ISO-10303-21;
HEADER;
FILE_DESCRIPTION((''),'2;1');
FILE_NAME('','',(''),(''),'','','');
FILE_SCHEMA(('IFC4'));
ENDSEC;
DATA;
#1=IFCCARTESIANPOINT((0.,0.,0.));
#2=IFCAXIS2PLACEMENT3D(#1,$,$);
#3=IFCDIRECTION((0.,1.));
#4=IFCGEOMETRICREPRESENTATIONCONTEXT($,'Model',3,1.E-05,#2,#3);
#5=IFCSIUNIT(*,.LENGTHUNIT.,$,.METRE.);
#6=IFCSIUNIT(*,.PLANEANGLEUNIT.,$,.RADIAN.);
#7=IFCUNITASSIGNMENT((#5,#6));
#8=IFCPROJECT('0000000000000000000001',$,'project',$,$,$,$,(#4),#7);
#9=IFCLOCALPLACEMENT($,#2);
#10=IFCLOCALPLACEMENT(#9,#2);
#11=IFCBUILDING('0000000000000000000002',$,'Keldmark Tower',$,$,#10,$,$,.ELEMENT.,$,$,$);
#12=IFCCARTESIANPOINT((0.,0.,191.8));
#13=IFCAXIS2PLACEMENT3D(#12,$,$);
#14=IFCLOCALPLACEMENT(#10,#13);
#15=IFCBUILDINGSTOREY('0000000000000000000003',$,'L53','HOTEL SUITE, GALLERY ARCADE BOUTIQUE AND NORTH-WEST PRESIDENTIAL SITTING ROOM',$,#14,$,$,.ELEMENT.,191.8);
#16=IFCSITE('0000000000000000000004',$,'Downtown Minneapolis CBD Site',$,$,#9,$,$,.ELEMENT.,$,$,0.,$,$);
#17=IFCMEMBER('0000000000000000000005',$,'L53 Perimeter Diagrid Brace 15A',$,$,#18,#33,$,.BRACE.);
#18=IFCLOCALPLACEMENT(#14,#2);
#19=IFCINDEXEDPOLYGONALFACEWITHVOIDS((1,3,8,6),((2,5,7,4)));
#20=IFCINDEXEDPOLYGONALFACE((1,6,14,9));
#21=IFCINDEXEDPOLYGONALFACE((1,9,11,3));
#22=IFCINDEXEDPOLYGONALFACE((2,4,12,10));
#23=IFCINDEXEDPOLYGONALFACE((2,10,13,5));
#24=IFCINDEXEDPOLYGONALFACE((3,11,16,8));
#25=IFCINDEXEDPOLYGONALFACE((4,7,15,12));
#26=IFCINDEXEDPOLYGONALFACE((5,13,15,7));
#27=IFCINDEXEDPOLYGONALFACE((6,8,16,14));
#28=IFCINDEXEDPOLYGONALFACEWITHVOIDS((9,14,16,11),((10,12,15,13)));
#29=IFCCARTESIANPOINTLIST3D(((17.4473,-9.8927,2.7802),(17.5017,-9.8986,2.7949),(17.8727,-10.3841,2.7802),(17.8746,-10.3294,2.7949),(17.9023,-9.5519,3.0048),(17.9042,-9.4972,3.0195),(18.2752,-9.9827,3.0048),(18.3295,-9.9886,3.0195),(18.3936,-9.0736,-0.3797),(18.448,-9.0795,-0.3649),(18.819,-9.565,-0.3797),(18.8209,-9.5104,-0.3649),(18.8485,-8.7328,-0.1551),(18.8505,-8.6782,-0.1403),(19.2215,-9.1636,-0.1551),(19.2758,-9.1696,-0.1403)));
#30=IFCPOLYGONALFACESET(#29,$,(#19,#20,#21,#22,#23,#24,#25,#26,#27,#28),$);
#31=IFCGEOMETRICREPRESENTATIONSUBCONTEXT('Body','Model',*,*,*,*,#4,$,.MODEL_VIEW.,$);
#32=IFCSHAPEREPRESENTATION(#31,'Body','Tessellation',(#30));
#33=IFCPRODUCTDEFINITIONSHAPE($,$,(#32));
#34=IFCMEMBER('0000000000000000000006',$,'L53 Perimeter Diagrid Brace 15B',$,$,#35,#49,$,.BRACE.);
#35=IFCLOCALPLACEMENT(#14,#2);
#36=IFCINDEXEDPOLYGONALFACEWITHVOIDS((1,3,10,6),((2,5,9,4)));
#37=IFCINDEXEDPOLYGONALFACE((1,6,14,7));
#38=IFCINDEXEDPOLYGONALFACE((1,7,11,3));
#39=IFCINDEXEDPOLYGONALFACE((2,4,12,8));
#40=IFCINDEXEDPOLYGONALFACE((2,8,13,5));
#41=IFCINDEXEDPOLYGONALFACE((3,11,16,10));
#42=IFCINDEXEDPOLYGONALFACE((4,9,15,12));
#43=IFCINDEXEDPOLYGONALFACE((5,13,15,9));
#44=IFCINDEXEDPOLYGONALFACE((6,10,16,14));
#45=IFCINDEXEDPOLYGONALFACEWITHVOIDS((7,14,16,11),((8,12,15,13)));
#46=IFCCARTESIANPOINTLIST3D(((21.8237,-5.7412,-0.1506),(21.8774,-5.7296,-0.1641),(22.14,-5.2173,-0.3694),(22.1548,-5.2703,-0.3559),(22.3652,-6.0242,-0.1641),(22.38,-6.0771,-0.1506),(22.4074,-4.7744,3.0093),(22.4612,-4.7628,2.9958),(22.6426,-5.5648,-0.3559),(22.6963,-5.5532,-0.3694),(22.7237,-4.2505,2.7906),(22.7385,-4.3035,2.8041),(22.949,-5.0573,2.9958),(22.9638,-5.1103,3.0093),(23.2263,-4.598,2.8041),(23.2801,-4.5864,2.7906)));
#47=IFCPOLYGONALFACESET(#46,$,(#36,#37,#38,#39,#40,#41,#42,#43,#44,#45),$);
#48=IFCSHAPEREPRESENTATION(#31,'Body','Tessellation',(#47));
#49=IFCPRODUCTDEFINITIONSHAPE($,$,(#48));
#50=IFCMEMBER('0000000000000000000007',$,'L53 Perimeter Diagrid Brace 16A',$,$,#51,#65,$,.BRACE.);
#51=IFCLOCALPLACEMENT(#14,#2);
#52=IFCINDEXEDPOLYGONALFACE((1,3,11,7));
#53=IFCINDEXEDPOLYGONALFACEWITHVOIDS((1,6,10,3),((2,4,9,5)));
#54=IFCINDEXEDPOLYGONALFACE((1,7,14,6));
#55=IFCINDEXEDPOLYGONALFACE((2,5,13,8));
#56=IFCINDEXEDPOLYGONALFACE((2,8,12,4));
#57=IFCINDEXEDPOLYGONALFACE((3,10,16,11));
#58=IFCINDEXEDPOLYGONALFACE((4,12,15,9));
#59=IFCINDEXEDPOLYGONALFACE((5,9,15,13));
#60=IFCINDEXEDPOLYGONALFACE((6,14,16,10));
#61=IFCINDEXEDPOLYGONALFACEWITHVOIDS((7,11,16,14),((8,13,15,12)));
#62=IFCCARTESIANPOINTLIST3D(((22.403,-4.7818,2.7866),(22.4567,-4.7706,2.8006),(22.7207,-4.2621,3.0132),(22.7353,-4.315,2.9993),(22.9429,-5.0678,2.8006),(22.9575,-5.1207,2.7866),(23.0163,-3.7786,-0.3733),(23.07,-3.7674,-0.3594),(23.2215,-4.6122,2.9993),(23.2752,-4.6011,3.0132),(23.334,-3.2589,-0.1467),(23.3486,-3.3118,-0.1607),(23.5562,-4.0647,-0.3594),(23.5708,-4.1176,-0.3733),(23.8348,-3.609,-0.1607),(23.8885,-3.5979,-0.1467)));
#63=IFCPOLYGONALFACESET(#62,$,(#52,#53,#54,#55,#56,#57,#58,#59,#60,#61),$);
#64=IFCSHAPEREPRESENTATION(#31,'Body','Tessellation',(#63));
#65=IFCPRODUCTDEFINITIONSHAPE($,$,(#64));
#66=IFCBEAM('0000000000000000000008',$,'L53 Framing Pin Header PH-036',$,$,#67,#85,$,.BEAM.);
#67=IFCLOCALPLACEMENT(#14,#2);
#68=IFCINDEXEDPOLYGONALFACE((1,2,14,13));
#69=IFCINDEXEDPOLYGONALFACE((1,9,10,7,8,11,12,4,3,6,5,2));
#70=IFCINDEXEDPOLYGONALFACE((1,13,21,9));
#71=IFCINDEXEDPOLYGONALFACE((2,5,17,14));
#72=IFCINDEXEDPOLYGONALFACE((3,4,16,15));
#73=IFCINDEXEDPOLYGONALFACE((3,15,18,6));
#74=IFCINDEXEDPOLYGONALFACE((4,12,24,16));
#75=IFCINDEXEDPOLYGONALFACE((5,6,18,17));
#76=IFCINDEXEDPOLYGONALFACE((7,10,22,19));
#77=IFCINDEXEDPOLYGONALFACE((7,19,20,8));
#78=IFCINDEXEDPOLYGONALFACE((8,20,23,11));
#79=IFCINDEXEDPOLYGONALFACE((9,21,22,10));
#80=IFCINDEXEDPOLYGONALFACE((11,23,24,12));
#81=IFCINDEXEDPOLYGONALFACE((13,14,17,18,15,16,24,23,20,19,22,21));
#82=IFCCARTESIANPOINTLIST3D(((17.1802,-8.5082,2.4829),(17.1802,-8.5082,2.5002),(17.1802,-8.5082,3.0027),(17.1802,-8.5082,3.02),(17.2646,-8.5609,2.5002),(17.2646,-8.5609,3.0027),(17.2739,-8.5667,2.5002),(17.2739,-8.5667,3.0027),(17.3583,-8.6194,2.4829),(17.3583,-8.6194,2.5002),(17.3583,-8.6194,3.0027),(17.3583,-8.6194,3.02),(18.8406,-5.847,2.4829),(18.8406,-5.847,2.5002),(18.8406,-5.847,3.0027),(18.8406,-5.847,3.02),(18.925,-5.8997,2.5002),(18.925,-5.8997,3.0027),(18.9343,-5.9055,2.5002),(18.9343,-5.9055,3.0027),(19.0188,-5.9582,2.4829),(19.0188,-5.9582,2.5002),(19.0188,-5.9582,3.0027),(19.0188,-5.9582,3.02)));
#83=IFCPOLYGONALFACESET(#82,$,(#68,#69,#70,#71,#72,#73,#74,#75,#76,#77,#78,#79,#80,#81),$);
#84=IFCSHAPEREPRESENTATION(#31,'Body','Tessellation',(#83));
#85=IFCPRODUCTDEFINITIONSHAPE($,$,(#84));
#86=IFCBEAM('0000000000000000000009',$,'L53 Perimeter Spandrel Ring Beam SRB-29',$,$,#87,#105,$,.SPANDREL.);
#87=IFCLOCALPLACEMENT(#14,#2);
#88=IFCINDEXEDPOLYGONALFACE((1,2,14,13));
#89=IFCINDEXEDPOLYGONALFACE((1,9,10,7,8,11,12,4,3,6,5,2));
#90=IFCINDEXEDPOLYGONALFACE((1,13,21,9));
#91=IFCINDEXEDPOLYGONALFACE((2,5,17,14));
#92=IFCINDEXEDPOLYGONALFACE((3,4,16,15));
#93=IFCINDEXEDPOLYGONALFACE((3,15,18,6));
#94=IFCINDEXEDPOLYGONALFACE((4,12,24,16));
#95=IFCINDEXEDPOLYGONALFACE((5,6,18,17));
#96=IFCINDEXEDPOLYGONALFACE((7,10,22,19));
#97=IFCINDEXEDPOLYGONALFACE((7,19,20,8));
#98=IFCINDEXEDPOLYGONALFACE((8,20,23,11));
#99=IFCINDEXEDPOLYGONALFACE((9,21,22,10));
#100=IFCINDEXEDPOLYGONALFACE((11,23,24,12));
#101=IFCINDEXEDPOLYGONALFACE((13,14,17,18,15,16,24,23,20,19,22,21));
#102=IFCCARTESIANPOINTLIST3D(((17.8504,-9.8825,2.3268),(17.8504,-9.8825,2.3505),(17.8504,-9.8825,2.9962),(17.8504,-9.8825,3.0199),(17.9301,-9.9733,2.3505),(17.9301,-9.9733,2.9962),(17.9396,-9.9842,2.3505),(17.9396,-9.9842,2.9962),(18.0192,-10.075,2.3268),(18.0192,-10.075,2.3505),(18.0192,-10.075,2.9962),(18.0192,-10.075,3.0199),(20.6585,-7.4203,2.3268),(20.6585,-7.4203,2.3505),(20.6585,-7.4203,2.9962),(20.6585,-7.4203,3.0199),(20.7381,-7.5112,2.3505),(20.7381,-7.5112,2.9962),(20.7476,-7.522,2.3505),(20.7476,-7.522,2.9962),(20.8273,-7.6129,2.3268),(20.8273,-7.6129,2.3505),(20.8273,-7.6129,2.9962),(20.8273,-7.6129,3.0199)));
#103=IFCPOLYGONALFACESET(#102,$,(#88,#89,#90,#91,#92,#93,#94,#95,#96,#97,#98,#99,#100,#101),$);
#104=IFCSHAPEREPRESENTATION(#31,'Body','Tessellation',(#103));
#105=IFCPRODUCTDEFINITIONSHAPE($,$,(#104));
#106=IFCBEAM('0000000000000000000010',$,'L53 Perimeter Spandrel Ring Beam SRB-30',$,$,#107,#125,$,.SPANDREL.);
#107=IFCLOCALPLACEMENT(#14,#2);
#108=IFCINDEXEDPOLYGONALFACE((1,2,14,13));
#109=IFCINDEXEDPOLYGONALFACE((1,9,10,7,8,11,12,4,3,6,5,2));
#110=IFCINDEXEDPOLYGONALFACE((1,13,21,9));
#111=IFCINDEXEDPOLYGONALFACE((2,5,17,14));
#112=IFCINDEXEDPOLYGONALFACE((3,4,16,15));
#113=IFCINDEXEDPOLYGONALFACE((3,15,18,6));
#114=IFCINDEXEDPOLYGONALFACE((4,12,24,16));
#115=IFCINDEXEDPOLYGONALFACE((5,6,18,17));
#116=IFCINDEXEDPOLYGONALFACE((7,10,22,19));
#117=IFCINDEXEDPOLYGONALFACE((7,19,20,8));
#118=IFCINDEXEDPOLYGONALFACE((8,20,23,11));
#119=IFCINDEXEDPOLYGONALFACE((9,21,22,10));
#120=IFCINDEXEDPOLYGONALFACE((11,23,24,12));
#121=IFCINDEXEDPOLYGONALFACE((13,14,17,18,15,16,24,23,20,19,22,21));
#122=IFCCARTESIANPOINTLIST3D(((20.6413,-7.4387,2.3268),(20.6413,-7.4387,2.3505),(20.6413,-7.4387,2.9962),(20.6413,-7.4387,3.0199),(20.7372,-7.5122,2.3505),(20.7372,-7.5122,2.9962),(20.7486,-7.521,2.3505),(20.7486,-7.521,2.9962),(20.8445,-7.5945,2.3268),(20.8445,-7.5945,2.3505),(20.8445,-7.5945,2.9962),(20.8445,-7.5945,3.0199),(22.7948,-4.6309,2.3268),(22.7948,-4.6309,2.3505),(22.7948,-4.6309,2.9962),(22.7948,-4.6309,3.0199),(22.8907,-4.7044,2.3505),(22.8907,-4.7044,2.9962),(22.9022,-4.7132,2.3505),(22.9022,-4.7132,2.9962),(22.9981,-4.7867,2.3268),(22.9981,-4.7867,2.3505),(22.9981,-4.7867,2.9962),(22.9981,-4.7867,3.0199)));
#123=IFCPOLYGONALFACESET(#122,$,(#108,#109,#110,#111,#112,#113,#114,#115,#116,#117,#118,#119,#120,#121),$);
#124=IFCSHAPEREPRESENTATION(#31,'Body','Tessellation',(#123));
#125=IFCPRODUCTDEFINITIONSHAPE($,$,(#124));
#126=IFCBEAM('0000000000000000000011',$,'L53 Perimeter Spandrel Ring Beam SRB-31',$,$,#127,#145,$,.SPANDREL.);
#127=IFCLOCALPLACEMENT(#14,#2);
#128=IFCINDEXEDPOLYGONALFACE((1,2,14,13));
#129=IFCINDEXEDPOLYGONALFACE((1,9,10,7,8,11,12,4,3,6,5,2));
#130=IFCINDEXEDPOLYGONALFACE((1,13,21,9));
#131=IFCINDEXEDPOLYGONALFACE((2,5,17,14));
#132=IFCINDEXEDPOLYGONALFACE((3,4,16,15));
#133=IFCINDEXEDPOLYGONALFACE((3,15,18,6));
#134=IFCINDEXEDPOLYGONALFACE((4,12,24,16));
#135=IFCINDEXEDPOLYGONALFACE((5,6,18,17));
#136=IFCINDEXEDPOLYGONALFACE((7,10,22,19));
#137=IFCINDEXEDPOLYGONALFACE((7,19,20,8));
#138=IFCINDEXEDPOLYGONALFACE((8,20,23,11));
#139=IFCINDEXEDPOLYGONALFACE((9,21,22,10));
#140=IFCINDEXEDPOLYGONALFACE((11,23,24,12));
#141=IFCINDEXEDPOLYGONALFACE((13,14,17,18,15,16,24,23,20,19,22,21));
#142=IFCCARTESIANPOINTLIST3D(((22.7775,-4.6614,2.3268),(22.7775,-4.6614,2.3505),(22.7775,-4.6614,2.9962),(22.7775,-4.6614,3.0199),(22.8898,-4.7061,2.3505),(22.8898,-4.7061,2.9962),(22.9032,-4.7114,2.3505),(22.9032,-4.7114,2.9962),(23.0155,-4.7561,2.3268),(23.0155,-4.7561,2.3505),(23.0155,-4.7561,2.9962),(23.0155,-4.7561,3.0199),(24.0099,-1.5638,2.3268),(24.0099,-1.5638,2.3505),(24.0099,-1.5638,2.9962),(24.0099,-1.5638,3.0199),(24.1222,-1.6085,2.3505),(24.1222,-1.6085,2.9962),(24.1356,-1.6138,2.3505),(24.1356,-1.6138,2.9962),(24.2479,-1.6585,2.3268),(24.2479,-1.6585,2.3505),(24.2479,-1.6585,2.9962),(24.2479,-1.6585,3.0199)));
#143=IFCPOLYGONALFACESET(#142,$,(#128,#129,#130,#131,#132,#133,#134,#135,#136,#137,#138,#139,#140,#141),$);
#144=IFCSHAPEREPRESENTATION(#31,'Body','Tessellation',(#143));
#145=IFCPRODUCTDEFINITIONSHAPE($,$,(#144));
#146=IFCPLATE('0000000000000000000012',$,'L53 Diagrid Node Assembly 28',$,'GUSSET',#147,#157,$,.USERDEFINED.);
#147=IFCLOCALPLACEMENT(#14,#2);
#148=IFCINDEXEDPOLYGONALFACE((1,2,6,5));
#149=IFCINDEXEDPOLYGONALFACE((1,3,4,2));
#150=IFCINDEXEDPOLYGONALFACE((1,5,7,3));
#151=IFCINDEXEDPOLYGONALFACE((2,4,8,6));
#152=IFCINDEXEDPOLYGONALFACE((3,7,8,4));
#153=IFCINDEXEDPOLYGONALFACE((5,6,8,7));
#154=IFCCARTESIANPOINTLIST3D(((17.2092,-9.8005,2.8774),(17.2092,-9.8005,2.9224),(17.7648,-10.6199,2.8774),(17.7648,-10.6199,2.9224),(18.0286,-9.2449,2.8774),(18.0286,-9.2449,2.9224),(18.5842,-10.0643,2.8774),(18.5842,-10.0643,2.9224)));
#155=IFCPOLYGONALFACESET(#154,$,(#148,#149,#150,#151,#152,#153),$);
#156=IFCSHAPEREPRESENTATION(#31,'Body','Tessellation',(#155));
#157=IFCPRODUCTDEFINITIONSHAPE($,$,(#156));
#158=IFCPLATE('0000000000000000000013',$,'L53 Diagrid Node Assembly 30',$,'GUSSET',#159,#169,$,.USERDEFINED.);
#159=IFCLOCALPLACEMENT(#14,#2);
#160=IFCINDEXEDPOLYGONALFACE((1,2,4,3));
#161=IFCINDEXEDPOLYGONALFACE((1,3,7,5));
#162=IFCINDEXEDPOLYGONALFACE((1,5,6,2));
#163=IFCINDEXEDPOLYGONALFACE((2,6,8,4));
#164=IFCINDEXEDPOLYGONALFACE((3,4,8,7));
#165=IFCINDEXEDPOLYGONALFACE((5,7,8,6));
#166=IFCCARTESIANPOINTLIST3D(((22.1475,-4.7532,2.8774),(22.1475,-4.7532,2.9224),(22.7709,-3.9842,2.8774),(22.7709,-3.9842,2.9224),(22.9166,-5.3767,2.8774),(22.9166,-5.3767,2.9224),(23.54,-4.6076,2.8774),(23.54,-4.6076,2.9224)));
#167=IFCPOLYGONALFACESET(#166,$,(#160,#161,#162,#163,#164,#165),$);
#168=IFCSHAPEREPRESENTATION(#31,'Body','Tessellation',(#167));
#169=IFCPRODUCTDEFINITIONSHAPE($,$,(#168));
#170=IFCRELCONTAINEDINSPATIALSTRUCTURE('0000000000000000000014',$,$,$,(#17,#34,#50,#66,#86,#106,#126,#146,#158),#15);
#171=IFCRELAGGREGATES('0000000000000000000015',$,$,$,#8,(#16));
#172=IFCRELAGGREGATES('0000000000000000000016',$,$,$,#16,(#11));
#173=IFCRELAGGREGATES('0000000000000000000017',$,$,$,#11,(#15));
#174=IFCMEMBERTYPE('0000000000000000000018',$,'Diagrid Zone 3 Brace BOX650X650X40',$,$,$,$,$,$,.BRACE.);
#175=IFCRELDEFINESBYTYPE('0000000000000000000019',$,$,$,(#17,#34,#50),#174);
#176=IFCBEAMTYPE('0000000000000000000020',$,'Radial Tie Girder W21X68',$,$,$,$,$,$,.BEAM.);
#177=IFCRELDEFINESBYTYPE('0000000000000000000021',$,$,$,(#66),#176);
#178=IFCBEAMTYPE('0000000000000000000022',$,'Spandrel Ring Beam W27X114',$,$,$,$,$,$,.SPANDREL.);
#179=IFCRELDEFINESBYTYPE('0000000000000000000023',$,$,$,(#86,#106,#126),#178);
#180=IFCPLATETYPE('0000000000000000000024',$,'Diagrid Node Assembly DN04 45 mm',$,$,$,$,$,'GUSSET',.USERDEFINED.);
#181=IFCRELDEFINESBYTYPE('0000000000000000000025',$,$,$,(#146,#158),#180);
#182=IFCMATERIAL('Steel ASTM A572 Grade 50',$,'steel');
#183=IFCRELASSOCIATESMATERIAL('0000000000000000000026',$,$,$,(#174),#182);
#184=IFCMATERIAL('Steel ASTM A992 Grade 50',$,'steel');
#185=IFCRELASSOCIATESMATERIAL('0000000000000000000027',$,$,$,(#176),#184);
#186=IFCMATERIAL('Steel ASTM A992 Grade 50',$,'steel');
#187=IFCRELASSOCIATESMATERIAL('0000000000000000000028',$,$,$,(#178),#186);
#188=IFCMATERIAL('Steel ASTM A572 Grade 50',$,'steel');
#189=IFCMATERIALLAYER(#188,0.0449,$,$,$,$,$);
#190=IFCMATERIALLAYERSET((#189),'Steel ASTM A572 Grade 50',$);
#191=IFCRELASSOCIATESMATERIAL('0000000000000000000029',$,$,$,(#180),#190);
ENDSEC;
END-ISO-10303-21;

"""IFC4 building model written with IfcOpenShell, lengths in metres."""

from ifc_helpers import new_model, si_unit, direction, frame, origin, origin_2d, place, context, subcontext, project, spatial, rectangle, hollow_rectangle, i_section, extrude, material, layer, layer_set, material_profile, profile_set, type_object, element, save


model = new_model("IFC4")

# Units and contexts
model_context = context("Model", 3, precision=1e-05, world=origin(), true_north=direction((0.0, 1.0)))
body_context = subcontext(model_context, "Body", "Model", "MODEL_VIEW")
ifc_project = project(units=[si_unit("LENGTHUNIT", "METRE"), si_unit("PLANEANGLEUNIT", "RADIAN")], contexts=[model_context])

# Site, building, storey
site_placement = place(None, origin())
site = spatial("IfcSite", under=ifc_project, at=site_placement, Name="Downtown Minneapolis CBD Site", CompositionType="ELEMENT", RefElevation=0.0)
building_placement = place(site_placement, origin())
building = spatial("IfcBuilding", under=site, at=building_placement, Name="Keldmark Tower", CompositionType="ELEMENT")
storey_placement = place(building_placement, frame((0.0, 0.0, 191.8)))
storey = spatial("IfcBuildingStorey", under=building, at=storey_placement, Name="L53", Description="HOTEL SUITE, GALLERY ARCADE BOUTIQUE AND NORTH-WEST PRESIDENTIAL SITTING ROOM", CompositionType="ELEMENT", Elevation=191.8)

# Members
ifc_material_1 = material(Name="Steel ASTM A572 Grade 50", Category="steel")
ifc_material_profile_1 = material_profile(ifc_material_1, hollow_rectangle(XDim=0.6499, YDim=0.6499, WallThickness=0.04, at=origin_2d()), Name="BOX650X650X40")
ifc_profile_set_1 = profile_set([ifc_material_profile_1], Name="Steel ASTM A572 Grade 50")
member_type = type_object("IfcMemberType", Name="Diagrid Zone 3 Brace BOX650X650X40", PredefinedType="BRACE", material=ifc_profile_set_1)
member_1_placement = place(storey_placement, frame((18.8347, -9.1216, -0.26), z_axis=(-0.278424, -0.240999, 0.929731), x_axis=(0.654463, -0.756094, 0.0)))
element("IfcMember", 1, at=member_1_placement, inside=storey, type_object=member_type, Name="L53 Perimeter Diagrid Brace 15A", PredefinedType="BRACE", context=body_context, shape_type="SweptSolid", body=[
    extrude(hollow_rectangle(XDim=0.6499, YDim=0.6499, WallThickness=0.04, at=origin_2d()), origin(), (0.0, 0.0, 1.0), 3.3987),
])
member_2_placement = place(storey_placement, frame((22.26, -5.6472, -0.26), z_axis=(0.173957, 0.288109, 0.941665), x_axis=(-0.856059, 0.516878, 0.0)))
element("IfcMember", 2, at=member_2_placement, inside=storey, type_object=member_type, Name="L53 Perimeter Diagrid Brace 15B", PredefinedType="BRACE", context=body_context, shape_type="SweptSolid", body=[
    extrude(hollow_rectangle(XDim=0.6499, YDim=0.6499, WallThickness=0.04, at=origin_2d()), origin(), (0.0, 0.0, 1.0), 3.3557),
])
member_3_placement = place(storey_placement, frame((23.4524, -3.6882, -0.26), z_axis=(-0.181898, -0.297539, 0.937221), x_axis=(0.853195, -0.521593, 0.0)))
element("IfcMember", 3, at=member_3_placement, inside=storey, type_object=member_type, Name="L53 Perimeter Diagrid Brace 16A", PredefinedType="BRACE", context=body_context, shape_type="SweptSolid", body=[
    extrude(hollow_rectangle(XDim=0.6499, YDim=0.6499, WallThickness=0.04, at=origin_2d()), origin(), (0.0, 0.0, 1.0), 3.3716),
])

# Beams
ifc_material_2 = material(Name="Steel ASTM A992 Grade 50", Category="steel")
ifc_material_profile_2 = material_profile(ifc_material_2, i_section(OverallWidth=0.21, OverallDepth=0.5371, WebThickness=0.011, FlangeThickness=0.0173, at=origin_2d()), Name="W21X68")
ifc_profile_set_2 = profile_set([ifc_material_profile_2], Name="Steel ASTM A992 Grade 50")
beam_type_1 = type_object("IfcBeamType", Name="Radial Tie Girder W21X68", PredefinedType="BEAM", material=ifc_profile_set_2)
beam_1_placement = place(storey_placement, frame((18.9297, -5.9026, 2.7515), z_axis=(-0.529355, -0.8484, 0.0), x_axis=(0.8484, -0.529355, 0.0)))
element("IfcBeam", 4, at=beam_1_placement, inside=storey, type_object=beam_type_1, Name="L53 Framing Pin Header PH-036", PredefinedType="BEAM", context=body_context, shape_type="SweptSolid", body=[
    extrude(i_section(OverallWidth=0.21, OverallDepth=0.5371, WebThickness=0.011, FlangeThickness=0.0173, at=origin_2d()), origin(), (0.0, 0.0, 1.0), 3.1367),
])
ifc_material_3 = material(Name="Steel ASTM A992 Grade 50", Category="steel")
ifc_material_profile_3 = material_profile(ifc_material_3, i_section(OverallWidth=0.2561, OverallDepth=0.6931, WebThickness=0.0144, FlangeThickness=0.0237, at=origin_2d()), Name="W27X114")
ifc_profile_set_3 = profile_set([ifc_material_profile_3], Name="Steel ASTM A992 Grade 50")
beam_type_2 = type_object("IfcBeamType", Name="Spandrel Ring Beam W27X114", PredefinedType="SPANDREL", material=ifc_profile_set_3)
beam_2_placement = place(storey_placement, frame((17.9348, -9.9788, 2.6733), z_axis=(0.751904, 0.659273, 0.0), x_axis=(-0.659273, 0.751904, 0.0)))
element("IfcBeam", 5, at=beam_2_placement, inside=storey, type_object=beam_type_2, Name="L53 Perimeter Spandrel Ring Beam SRB-29", PredefinedType="SPANDREL", context=body_context, shape_type="SweptSolid", body=[
    extrude(i_section(OverallWidth=0.2561, OverallDepth=0.6931, WebThickness=0.0144, FlangeThickness=0.0237, at=origin_2d()), origin(), (0.0, 0.0, 1.0), 3.7346),
])
beam_3_placement = place(storey_placement, frame((20.7429, -7.5166, 2.6733), z_axis=(0.608587, 0.793488, 0.0), x_axis=(-0.793488, 0.608587, 0.0)))
element("IfcBeam", 6, at=beam_3_placement, inside=storey, type_object=beam_type_2, Name="L53 Perimeter Spandrel Ring Beam SRB-30", PredefinedType="SPANDREL", context=body_context, shape_type="SweptSolid", body=[
    extrude(i_section(OverallWidth=0.2561, OverallDepth=0.6931, WebThickness=0.0144, FlangeThickness=0.0237, at=origin_2d()), origin(), (0.0, 0.0, 1.0), 3.5386),
])
beam_4_placement = place(storey_placement, frame((22.8965, -4.7087, 2.6733), z_axis=(0.369673, 0.929162, 0.0), x_axis=(-0.929162, 0.369673, 0.0)))
element("IfcBeam", 7, at=beam_4_placement, inside=storey, type_object=beam_type_2, Name="L53 Perimeter Spandrel Ring Beam SRB-31", PredefinedType="SPANDREL", context=body_context, shape_type="SweptSolid", body=[
    extrude(i_section(OverallWidth=0.2561, OverallDepth=0.6931, WebThickness=0.0144, FlangeThickness=0.0237, at=origin_2d()), origin(), (0.0, 0.0, 1.0), 3.3337),
])

# Plates
ifc_material_4 = material(Name="Steel ASTM A572 Grade 50", Category="steel")
ifc_layer_1 = layer(ifc_material_4, 0.0449)
ifc_layer_set_1 = layer_set([ifc_layer_1], Name="Steel ASTM A572 Grade 50")
plate_type = type_object("IfcPlateType", Name="Diagrid Node Assembly DN04 45 mm", ElementType="GUSSET", PredefinedType="USERDEFINED", material=ifc_layer_set_1)
for number, where, z_axis, x_axis, name in (
    (8, (17.8967, -9.9324, 2.8774), (0.0, 0.0, 1.0), (0.827669, 0.561217, 0.0), "L53 Diagrid Node Assembly 28"),
    (9, (22.8438, -4.6804, 2.8774), (0.0, 0.0, 1.0), (0.629727, 0.776816, 0.0), "L53 Diagrid Node Assembly 30"),
):
    element("IfcPlate", number, at=place(storey_placement, frame(where, z_axis=z_axis, x_axis=x_axis)), inside=storey, type_object=plate_type, Name=name, ObjectType="GUSSET", PredefinedType="USERDEFINED", context=body_context, shape_type="SweptSolid", body=[
        extrude(rectangle(XDim=0.99, YDim=0.99, at=origin_2d()), origin(), (0.0, 0.0, 1.0), 0.0449),
    ])

save(model, "model.ifc")
